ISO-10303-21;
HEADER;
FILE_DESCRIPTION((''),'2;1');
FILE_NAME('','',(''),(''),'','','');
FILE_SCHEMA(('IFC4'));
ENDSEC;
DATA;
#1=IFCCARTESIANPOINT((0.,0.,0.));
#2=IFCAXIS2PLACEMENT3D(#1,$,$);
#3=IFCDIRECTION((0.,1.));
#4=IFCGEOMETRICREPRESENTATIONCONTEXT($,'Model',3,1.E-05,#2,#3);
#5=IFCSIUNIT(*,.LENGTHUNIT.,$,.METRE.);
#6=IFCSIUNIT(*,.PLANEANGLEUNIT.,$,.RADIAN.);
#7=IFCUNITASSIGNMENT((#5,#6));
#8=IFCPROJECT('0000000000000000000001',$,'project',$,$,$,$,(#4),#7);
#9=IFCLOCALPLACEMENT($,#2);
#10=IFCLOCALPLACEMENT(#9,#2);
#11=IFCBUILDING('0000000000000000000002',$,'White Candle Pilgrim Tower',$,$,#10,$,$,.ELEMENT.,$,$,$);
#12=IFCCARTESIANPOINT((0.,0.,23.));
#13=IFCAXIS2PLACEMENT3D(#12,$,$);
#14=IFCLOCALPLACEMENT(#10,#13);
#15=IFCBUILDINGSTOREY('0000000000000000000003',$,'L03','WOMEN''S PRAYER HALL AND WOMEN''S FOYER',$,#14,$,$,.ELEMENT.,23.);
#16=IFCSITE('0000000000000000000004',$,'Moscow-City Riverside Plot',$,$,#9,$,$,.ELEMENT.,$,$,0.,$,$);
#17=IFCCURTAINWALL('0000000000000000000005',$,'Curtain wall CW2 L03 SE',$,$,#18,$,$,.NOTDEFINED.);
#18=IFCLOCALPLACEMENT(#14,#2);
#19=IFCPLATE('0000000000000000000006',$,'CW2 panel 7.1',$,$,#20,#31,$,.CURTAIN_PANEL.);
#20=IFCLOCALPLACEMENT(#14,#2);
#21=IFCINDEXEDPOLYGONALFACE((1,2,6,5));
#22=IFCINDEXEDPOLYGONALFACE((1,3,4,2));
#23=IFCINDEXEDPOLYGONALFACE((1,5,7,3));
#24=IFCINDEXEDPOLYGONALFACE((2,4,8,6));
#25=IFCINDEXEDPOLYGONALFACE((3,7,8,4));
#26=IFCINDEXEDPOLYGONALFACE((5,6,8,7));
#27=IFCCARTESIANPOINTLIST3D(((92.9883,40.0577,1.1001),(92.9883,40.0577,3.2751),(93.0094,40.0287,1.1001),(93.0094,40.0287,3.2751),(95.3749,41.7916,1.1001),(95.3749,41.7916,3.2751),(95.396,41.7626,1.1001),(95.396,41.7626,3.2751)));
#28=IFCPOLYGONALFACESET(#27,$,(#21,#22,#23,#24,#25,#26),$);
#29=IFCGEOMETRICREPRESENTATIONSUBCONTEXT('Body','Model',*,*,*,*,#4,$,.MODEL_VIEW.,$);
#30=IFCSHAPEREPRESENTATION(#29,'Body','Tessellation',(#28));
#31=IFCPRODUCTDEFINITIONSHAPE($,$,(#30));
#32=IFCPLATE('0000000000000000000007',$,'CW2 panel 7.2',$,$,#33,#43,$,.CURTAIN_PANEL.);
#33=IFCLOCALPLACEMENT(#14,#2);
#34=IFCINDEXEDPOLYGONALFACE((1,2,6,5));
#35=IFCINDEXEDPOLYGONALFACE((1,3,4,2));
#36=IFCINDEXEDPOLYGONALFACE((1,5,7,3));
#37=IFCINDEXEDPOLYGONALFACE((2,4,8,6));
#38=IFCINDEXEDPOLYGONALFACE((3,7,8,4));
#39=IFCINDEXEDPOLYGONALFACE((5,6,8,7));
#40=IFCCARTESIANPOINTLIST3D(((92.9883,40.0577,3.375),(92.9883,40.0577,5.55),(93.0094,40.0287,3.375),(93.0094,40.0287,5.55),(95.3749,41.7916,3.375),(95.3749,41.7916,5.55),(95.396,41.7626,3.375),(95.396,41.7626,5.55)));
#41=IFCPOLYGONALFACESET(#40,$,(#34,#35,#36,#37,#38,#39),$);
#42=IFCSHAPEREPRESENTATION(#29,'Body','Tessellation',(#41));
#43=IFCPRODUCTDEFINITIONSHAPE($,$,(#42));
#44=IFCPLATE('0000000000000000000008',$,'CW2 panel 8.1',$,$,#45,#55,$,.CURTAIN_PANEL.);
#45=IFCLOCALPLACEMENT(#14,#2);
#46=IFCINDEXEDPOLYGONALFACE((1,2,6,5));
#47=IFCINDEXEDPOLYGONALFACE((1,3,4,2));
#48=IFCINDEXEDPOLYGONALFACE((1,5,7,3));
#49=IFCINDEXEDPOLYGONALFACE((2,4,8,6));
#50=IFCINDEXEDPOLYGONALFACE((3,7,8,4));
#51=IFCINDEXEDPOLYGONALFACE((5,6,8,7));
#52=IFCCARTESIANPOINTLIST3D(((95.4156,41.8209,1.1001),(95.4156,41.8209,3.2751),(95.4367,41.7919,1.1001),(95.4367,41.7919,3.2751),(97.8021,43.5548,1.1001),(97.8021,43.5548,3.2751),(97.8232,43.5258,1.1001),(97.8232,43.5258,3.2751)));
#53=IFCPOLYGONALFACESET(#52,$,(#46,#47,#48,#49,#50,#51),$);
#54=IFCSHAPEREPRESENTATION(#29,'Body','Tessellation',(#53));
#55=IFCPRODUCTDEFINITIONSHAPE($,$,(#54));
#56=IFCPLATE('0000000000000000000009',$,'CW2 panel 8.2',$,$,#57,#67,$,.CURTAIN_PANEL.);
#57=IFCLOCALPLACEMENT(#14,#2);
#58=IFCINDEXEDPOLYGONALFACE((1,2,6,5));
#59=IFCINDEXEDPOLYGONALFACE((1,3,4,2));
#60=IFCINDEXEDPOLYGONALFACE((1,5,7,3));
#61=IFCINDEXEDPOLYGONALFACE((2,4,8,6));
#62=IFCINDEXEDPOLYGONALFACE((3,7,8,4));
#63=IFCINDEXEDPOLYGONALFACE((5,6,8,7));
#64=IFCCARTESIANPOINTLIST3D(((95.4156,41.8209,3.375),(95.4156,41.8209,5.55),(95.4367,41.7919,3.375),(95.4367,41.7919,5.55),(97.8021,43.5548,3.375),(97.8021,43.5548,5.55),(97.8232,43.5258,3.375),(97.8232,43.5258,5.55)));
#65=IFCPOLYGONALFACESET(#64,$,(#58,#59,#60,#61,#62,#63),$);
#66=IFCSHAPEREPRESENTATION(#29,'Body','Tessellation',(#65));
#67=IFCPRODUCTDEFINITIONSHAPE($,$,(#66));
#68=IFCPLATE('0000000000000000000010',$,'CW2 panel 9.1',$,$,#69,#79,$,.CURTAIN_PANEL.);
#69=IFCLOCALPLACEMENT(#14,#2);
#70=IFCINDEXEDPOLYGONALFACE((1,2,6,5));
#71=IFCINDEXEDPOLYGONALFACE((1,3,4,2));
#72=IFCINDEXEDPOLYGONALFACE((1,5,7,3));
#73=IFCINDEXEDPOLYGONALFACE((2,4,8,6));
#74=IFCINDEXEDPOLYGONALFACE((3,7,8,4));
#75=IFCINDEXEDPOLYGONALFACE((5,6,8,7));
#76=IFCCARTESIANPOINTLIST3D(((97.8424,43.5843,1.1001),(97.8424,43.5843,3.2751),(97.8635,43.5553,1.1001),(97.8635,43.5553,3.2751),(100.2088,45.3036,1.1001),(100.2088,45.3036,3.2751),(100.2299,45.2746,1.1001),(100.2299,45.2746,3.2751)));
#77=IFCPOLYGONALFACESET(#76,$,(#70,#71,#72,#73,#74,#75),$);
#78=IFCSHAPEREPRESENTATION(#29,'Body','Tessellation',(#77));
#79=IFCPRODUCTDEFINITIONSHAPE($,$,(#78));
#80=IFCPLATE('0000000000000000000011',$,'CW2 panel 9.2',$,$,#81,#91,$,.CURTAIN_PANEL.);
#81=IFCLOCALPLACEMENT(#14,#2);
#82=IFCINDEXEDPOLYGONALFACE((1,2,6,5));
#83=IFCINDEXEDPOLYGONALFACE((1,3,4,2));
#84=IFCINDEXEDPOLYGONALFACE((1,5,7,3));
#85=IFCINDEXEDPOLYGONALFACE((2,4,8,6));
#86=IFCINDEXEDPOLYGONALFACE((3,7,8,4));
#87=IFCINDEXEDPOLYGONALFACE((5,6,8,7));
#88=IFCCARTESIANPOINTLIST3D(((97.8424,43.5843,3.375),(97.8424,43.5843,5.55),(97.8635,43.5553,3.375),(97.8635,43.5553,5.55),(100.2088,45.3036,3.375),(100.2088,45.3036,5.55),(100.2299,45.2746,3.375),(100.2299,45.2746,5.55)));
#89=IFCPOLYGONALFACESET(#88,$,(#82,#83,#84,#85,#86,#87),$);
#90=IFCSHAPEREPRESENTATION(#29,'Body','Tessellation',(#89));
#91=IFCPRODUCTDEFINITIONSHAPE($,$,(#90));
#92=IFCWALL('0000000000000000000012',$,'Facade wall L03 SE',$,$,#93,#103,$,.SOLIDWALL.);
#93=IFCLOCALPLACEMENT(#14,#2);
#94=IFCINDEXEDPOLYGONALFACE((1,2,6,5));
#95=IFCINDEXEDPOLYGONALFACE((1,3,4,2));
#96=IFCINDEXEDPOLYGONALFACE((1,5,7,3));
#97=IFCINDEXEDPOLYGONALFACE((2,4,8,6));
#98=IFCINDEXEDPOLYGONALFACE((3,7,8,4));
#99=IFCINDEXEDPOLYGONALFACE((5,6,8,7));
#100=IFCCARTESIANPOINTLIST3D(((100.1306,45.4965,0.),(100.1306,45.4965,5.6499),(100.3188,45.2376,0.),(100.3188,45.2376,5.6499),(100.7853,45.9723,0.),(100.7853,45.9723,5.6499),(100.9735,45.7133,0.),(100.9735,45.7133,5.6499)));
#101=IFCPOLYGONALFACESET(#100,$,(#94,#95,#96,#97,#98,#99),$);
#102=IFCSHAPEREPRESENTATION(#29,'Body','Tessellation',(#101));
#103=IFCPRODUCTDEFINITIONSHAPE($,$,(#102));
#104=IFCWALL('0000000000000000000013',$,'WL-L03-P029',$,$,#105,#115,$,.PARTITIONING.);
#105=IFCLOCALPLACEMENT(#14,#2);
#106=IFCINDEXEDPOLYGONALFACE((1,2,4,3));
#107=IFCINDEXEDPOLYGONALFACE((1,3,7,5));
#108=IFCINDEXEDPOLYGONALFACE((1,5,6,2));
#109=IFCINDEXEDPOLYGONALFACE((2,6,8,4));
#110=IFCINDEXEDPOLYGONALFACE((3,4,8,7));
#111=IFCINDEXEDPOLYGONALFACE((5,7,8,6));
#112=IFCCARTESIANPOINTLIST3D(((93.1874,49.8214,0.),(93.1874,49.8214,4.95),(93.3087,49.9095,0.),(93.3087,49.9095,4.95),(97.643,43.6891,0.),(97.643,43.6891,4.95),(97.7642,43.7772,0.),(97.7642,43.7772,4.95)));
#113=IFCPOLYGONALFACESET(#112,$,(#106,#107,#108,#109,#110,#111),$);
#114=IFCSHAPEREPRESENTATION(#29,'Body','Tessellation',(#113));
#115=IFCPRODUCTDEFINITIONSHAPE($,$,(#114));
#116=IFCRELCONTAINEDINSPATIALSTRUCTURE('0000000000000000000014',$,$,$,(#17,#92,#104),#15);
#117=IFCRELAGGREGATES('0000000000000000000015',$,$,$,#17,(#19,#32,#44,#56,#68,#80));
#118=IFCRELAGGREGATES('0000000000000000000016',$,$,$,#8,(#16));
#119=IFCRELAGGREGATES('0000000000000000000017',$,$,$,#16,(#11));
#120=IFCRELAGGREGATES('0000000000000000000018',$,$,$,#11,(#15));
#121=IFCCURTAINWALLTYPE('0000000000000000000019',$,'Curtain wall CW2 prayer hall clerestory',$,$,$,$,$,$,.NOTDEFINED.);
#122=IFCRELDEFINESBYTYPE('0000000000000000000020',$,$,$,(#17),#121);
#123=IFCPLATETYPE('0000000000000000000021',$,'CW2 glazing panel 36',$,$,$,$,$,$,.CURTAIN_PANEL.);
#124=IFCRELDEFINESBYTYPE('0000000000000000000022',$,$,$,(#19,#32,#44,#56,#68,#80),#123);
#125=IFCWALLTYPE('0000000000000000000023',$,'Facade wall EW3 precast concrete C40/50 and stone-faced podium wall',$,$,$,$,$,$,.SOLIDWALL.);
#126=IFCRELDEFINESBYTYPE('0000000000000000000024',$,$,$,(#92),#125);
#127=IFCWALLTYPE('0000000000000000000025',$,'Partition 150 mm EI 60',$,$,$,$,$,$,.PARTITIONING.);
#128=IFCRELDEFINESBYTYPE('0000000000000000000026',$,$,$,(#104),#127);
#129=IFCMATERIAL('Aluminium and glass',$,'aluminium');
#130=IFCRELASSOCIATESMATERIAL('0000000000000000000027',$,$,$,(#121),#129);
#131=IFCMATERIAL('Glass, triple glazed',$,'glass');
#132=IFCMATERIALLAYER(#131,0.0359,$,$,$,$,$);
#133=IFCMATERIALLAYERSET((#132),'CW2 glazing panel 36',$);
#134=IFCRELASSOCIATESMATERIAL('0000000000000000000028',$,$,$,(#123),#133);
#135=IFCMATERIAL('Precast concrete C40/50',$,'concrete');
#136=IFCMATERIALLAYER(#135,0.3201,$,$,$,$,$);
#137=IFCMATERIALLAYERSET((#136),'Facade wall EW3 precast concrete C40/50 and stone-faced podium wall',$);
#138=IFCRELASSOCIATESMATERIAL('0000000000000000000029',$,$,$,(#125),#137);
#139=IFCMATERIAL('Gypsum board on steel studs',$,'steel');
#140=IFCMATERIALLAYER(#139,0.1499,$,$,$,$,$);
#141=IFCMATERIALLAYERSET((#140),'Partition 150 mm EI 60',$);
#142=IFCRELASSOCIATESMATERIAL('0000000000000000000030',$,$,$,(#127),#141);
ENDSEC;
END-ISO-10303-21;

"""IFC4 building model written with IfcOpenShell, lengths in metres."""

from ifc_helpers import new_model, si_unit, direction, frame, frame_2d, origin, origin_2d, place, context, subcontext, project, spatial, rectangle, extrude, material, layer, layer_set, type_object, element, aggregate, save


model = new_model("IFC4")

# Units and contexts
model_context = context("Model", 3, precision=1e-05, world=origin(), true_north=direction((0.0, 1.0)))
body_context = subcontext(model_context, "Body", "Model", "MODEL_VIEW")
ifc_project = project(units=[si_unit("LENGTHUNIT", "METRE"), si_unit("PLANEANGLEUNIT", "RADIAN")], contexts=[model_context])

# Site, building, storey
site_placement = place(None, origin())
site = spatial("IfcSite", under=ifc_project, at=site_placement, Name="Moscow-City Riverside Plot", CompositionType="ELEMENT", RefElevation=0.0)
building_placement = place(site_placement, origin())
building = spatial("IfcBuilding", under=site, at=building_placement, Name="White Candle Pilgrim Tower", CompositionType="ELEMENT")
storey_placement = place(building_placement, frame((0.0, 0.0, 23.0)))
storey = spatial("IfcBuildingStorey", under=building, at=storey_placement, Name="L03", Description="WOMEN'S PRAYER HALL AND WOMEN'S FOYER", CompositionType="ELEMENT", Elevation=23.0)

# Curtain wall
ifc_material_1 = material(Name="Aluminium and glass", Category="aluminium")
curtain_wall_type = type_object("IfcCurtainWallType", Name="Curtain wall CW2 prayer hall clerestory", PredefinedType="NOTDEFINED", material=ifc_material_1)
curtain_wall_placement = place(storey_placement, origin())
curtain_wall = element("IfcCurtainWall", 1, at=curtain_wall_placement, inside=storey, type_object=curtain_wall_type, Name="Curtain wall CW2 L03 SE", PredefinedType="NOTDEFINED")

# Plates
ifc_material_2 = material(Name="Glass, triple glazed", Category="glass")
ifc_layer_1 = layer(ifc_material_2, 0.0359)
ifc_layer_set_1 = layer_set([ifc_layer_1], Name="CW2 glazing panel 36")
plate_type = type_object("IfcPlateType", Name="CW2 glazing panel 36", PredefinedType="CURTAIN_PANEL", material=ifc_layer_set_1)
plate_1_placement = place(storey_placement, frame((94.1921, 40.9102, 1.1001), z_axis=(0.0, 0.0, 1.0), x_axis=(0.809017, 0.587785, 0.0)))
plate_1 = element("IfcPlate", 2, at=plate_1_placement, type_object=plate_type, Name="CW2 panel 7.1", PredefinedType="CURTAIN_PANEL", context=body_context, shape_type="SweptSolid", body=[
    extrude(rectangle(XDim=2.95, YDim=0.0359, at=origin_2d()), origin(), (0.0, 0.0, 1.0), 2.175),
])
plate_2_placement = place(storey_placement, frame((94.1921, 40.9102, 3.375), z_axis=(0.0, 0.0, 1.0), x_axis=(0.809017, 0.587785, 0.0)))
plate_2 = element("IfcPlate", 3, at=plate_2_placement, type_object=plate_type, Name="CW2 panel 7.2", PredefinedType="CURTAIN_PANEL", context=body_context, shape_type="SweptSolid", body=[
    extrude(rectangle(XDim=2.95, YDim=0.0359, at=origin_2d()), origin(), (0.0, 0.0, 1.0), 2.175),
])
plate_3_placement = place(storey_placement, frame((96.6194, 42.6733, 1.1001), z_axis=(0.0, 0.0, 1.0), x_axis=(0.809017, 0.587785, 0.0)))
plate_3 = element("IfcPlate", 4, at=plate_3_placement, type_object=plate_type, Name="CW2 panel 8.1", PredefinedType="CURTAIN_PANEL", context=body_context, shape_type="SweptSolid", body=[
    extrude(rectangle(XDim=2.95, YDim=0.0359, at=origin_2d()), origin(), (0.0, 0.0, 1.0), 2.175),
])
plate_4_placement = place(storey_placement, frame((96.6194, 42.6733, 3.375), z_axis=(0.0, 0.0, 1.0), x_axis=(0.809017, 0.587785, 0.0)))
plate_4 = element("IfcPlate", 5, at=plate_4_placement, type_object=plate_type, Name="CW2 panel 8.2", PredefinedType="CURTAIN_PANEL", context=body_context, shape_type="SweptSolid", body=[
    extrude(rectangle(XDim=2.95, YDim=0.0359, at=origin_2d()), origin(), (0.0, 0.0, 1.0), 2.175),
])
plate_5_placement = place(storey_placement, frame((99.0361, 44.4294, 1.1001), z_axis=(0.0, 0.0, 1.0), x_axis=(0.809017, 0.587785, 0.0)))
plate_5 = element("IfcPlate", 6, at=plate_5_placement, type_object=plate_type, Name="CW2 panel 9.1", PredefinedType="CURTAIN_PANEL", context=body_context, shape_type="SweptSolid", body=[
    extrude(rectangle(XDim=2.925, YDim=0.0359, at=origin_2d()), origin(), (0.0, 0.0, 1.0), 2.175),
])
plate_6_placement = place(storey_placement, frame((99.0361, 44.4294, 3.375), z_axis=(0.0, 0.0, 1.0), x_axis=(0.809017, 0.587785, 0.0)))
plate_6 = element("IfcPlate", 7, at=plate_6_placement, type_object=plate_type, Name="CW2 panel 9.2", PredefinedType="CURTAIN_PANEL", context=body_context, shape_type="SweptSolid", body=[
    extrude(rectangle(XDim=2.925, YDim=0.0359, at=origin_2d()), origin(), (0.0, 0.0, 1.0), 2.175),
])
aggregate(curtain_wall, [plate_1, plate_2, plate_3, plate_4, plate_5, plate_6])

# Walls
ifc_material_3 = material(Name="Precast concrete C40/50", Category="concrete")
ifc_layer_2 = layer(ifc_material_3, 0.3201)
ifc_layer_set_2 = layer_set([ifc_layer_2], Name="Facade wall EW3 precast concrete C40/50 and stone-faced podium wall")
wall_type_1 = type_object("IfcWallType", Name="Facade wall EW3 precast concrete C40/50 and stone-faced podium wall", PredefinedType="SOLIDWALL", material=ifc_layer_set_2)
wall_1_placement = place(storey_placement, frame((100.2246, 45.3669, 0.0), z_axis=(0.0, 0.0, 1.0), x_axis=(0.808958, 0.587867, 0.0)))
element("IfcWall", 8, at=wall_1_placement, inside=storey, type_object=wall_type_1, Name="Facade wall L03 SE", PredefinedType="SOLIDWALL", context=body_context, shape_type="SweptSolid", body=[
    extrude(rectangle(XDim=0.8093, YDim=0.3201, at=frame_2d((0.4048, 0.0))), origin(), (0.0, 0.0, 1.0), 5.6499),
])
ifc_material_4 = material(Name="Gypsum board on steel studs", Category="steel")
ifc_layer_3 = layer(ifc_material_4, 0.1499)
ifc_layer_set_3 = layer_set([ifc_layer_3], Name="Partition 150 mm EI 60")
wall_type_2 = type_object("IfcWallType", Name="Partition 150 mm EI 60", PredefinedType="PARTITIONING", material=ifc_layer_set_3)
wall_2_placement = place(storey_placement, frame((97.7036, 43.7332, 0.0), z_axis=(0.0, 0.0, 1.0), x_axis=(-0.5878, 0.809006, 0.0)))
element("IfcWall", 9, at=wall_2_placement, inside=storey, type_object=wall_type_2, Name="WL-L03-P029", PredefinedType="PARTITIONING", context=body_context, shape_type="SweptSolid", body=[
    extrude(rectangle(XDim=7.5801, YDim=0.1499, at=frame_2d((3.79, 0.0))), origin(), (0.0, 0.0, 1.0), 4.95),
])

save(model, "model.ifc")
